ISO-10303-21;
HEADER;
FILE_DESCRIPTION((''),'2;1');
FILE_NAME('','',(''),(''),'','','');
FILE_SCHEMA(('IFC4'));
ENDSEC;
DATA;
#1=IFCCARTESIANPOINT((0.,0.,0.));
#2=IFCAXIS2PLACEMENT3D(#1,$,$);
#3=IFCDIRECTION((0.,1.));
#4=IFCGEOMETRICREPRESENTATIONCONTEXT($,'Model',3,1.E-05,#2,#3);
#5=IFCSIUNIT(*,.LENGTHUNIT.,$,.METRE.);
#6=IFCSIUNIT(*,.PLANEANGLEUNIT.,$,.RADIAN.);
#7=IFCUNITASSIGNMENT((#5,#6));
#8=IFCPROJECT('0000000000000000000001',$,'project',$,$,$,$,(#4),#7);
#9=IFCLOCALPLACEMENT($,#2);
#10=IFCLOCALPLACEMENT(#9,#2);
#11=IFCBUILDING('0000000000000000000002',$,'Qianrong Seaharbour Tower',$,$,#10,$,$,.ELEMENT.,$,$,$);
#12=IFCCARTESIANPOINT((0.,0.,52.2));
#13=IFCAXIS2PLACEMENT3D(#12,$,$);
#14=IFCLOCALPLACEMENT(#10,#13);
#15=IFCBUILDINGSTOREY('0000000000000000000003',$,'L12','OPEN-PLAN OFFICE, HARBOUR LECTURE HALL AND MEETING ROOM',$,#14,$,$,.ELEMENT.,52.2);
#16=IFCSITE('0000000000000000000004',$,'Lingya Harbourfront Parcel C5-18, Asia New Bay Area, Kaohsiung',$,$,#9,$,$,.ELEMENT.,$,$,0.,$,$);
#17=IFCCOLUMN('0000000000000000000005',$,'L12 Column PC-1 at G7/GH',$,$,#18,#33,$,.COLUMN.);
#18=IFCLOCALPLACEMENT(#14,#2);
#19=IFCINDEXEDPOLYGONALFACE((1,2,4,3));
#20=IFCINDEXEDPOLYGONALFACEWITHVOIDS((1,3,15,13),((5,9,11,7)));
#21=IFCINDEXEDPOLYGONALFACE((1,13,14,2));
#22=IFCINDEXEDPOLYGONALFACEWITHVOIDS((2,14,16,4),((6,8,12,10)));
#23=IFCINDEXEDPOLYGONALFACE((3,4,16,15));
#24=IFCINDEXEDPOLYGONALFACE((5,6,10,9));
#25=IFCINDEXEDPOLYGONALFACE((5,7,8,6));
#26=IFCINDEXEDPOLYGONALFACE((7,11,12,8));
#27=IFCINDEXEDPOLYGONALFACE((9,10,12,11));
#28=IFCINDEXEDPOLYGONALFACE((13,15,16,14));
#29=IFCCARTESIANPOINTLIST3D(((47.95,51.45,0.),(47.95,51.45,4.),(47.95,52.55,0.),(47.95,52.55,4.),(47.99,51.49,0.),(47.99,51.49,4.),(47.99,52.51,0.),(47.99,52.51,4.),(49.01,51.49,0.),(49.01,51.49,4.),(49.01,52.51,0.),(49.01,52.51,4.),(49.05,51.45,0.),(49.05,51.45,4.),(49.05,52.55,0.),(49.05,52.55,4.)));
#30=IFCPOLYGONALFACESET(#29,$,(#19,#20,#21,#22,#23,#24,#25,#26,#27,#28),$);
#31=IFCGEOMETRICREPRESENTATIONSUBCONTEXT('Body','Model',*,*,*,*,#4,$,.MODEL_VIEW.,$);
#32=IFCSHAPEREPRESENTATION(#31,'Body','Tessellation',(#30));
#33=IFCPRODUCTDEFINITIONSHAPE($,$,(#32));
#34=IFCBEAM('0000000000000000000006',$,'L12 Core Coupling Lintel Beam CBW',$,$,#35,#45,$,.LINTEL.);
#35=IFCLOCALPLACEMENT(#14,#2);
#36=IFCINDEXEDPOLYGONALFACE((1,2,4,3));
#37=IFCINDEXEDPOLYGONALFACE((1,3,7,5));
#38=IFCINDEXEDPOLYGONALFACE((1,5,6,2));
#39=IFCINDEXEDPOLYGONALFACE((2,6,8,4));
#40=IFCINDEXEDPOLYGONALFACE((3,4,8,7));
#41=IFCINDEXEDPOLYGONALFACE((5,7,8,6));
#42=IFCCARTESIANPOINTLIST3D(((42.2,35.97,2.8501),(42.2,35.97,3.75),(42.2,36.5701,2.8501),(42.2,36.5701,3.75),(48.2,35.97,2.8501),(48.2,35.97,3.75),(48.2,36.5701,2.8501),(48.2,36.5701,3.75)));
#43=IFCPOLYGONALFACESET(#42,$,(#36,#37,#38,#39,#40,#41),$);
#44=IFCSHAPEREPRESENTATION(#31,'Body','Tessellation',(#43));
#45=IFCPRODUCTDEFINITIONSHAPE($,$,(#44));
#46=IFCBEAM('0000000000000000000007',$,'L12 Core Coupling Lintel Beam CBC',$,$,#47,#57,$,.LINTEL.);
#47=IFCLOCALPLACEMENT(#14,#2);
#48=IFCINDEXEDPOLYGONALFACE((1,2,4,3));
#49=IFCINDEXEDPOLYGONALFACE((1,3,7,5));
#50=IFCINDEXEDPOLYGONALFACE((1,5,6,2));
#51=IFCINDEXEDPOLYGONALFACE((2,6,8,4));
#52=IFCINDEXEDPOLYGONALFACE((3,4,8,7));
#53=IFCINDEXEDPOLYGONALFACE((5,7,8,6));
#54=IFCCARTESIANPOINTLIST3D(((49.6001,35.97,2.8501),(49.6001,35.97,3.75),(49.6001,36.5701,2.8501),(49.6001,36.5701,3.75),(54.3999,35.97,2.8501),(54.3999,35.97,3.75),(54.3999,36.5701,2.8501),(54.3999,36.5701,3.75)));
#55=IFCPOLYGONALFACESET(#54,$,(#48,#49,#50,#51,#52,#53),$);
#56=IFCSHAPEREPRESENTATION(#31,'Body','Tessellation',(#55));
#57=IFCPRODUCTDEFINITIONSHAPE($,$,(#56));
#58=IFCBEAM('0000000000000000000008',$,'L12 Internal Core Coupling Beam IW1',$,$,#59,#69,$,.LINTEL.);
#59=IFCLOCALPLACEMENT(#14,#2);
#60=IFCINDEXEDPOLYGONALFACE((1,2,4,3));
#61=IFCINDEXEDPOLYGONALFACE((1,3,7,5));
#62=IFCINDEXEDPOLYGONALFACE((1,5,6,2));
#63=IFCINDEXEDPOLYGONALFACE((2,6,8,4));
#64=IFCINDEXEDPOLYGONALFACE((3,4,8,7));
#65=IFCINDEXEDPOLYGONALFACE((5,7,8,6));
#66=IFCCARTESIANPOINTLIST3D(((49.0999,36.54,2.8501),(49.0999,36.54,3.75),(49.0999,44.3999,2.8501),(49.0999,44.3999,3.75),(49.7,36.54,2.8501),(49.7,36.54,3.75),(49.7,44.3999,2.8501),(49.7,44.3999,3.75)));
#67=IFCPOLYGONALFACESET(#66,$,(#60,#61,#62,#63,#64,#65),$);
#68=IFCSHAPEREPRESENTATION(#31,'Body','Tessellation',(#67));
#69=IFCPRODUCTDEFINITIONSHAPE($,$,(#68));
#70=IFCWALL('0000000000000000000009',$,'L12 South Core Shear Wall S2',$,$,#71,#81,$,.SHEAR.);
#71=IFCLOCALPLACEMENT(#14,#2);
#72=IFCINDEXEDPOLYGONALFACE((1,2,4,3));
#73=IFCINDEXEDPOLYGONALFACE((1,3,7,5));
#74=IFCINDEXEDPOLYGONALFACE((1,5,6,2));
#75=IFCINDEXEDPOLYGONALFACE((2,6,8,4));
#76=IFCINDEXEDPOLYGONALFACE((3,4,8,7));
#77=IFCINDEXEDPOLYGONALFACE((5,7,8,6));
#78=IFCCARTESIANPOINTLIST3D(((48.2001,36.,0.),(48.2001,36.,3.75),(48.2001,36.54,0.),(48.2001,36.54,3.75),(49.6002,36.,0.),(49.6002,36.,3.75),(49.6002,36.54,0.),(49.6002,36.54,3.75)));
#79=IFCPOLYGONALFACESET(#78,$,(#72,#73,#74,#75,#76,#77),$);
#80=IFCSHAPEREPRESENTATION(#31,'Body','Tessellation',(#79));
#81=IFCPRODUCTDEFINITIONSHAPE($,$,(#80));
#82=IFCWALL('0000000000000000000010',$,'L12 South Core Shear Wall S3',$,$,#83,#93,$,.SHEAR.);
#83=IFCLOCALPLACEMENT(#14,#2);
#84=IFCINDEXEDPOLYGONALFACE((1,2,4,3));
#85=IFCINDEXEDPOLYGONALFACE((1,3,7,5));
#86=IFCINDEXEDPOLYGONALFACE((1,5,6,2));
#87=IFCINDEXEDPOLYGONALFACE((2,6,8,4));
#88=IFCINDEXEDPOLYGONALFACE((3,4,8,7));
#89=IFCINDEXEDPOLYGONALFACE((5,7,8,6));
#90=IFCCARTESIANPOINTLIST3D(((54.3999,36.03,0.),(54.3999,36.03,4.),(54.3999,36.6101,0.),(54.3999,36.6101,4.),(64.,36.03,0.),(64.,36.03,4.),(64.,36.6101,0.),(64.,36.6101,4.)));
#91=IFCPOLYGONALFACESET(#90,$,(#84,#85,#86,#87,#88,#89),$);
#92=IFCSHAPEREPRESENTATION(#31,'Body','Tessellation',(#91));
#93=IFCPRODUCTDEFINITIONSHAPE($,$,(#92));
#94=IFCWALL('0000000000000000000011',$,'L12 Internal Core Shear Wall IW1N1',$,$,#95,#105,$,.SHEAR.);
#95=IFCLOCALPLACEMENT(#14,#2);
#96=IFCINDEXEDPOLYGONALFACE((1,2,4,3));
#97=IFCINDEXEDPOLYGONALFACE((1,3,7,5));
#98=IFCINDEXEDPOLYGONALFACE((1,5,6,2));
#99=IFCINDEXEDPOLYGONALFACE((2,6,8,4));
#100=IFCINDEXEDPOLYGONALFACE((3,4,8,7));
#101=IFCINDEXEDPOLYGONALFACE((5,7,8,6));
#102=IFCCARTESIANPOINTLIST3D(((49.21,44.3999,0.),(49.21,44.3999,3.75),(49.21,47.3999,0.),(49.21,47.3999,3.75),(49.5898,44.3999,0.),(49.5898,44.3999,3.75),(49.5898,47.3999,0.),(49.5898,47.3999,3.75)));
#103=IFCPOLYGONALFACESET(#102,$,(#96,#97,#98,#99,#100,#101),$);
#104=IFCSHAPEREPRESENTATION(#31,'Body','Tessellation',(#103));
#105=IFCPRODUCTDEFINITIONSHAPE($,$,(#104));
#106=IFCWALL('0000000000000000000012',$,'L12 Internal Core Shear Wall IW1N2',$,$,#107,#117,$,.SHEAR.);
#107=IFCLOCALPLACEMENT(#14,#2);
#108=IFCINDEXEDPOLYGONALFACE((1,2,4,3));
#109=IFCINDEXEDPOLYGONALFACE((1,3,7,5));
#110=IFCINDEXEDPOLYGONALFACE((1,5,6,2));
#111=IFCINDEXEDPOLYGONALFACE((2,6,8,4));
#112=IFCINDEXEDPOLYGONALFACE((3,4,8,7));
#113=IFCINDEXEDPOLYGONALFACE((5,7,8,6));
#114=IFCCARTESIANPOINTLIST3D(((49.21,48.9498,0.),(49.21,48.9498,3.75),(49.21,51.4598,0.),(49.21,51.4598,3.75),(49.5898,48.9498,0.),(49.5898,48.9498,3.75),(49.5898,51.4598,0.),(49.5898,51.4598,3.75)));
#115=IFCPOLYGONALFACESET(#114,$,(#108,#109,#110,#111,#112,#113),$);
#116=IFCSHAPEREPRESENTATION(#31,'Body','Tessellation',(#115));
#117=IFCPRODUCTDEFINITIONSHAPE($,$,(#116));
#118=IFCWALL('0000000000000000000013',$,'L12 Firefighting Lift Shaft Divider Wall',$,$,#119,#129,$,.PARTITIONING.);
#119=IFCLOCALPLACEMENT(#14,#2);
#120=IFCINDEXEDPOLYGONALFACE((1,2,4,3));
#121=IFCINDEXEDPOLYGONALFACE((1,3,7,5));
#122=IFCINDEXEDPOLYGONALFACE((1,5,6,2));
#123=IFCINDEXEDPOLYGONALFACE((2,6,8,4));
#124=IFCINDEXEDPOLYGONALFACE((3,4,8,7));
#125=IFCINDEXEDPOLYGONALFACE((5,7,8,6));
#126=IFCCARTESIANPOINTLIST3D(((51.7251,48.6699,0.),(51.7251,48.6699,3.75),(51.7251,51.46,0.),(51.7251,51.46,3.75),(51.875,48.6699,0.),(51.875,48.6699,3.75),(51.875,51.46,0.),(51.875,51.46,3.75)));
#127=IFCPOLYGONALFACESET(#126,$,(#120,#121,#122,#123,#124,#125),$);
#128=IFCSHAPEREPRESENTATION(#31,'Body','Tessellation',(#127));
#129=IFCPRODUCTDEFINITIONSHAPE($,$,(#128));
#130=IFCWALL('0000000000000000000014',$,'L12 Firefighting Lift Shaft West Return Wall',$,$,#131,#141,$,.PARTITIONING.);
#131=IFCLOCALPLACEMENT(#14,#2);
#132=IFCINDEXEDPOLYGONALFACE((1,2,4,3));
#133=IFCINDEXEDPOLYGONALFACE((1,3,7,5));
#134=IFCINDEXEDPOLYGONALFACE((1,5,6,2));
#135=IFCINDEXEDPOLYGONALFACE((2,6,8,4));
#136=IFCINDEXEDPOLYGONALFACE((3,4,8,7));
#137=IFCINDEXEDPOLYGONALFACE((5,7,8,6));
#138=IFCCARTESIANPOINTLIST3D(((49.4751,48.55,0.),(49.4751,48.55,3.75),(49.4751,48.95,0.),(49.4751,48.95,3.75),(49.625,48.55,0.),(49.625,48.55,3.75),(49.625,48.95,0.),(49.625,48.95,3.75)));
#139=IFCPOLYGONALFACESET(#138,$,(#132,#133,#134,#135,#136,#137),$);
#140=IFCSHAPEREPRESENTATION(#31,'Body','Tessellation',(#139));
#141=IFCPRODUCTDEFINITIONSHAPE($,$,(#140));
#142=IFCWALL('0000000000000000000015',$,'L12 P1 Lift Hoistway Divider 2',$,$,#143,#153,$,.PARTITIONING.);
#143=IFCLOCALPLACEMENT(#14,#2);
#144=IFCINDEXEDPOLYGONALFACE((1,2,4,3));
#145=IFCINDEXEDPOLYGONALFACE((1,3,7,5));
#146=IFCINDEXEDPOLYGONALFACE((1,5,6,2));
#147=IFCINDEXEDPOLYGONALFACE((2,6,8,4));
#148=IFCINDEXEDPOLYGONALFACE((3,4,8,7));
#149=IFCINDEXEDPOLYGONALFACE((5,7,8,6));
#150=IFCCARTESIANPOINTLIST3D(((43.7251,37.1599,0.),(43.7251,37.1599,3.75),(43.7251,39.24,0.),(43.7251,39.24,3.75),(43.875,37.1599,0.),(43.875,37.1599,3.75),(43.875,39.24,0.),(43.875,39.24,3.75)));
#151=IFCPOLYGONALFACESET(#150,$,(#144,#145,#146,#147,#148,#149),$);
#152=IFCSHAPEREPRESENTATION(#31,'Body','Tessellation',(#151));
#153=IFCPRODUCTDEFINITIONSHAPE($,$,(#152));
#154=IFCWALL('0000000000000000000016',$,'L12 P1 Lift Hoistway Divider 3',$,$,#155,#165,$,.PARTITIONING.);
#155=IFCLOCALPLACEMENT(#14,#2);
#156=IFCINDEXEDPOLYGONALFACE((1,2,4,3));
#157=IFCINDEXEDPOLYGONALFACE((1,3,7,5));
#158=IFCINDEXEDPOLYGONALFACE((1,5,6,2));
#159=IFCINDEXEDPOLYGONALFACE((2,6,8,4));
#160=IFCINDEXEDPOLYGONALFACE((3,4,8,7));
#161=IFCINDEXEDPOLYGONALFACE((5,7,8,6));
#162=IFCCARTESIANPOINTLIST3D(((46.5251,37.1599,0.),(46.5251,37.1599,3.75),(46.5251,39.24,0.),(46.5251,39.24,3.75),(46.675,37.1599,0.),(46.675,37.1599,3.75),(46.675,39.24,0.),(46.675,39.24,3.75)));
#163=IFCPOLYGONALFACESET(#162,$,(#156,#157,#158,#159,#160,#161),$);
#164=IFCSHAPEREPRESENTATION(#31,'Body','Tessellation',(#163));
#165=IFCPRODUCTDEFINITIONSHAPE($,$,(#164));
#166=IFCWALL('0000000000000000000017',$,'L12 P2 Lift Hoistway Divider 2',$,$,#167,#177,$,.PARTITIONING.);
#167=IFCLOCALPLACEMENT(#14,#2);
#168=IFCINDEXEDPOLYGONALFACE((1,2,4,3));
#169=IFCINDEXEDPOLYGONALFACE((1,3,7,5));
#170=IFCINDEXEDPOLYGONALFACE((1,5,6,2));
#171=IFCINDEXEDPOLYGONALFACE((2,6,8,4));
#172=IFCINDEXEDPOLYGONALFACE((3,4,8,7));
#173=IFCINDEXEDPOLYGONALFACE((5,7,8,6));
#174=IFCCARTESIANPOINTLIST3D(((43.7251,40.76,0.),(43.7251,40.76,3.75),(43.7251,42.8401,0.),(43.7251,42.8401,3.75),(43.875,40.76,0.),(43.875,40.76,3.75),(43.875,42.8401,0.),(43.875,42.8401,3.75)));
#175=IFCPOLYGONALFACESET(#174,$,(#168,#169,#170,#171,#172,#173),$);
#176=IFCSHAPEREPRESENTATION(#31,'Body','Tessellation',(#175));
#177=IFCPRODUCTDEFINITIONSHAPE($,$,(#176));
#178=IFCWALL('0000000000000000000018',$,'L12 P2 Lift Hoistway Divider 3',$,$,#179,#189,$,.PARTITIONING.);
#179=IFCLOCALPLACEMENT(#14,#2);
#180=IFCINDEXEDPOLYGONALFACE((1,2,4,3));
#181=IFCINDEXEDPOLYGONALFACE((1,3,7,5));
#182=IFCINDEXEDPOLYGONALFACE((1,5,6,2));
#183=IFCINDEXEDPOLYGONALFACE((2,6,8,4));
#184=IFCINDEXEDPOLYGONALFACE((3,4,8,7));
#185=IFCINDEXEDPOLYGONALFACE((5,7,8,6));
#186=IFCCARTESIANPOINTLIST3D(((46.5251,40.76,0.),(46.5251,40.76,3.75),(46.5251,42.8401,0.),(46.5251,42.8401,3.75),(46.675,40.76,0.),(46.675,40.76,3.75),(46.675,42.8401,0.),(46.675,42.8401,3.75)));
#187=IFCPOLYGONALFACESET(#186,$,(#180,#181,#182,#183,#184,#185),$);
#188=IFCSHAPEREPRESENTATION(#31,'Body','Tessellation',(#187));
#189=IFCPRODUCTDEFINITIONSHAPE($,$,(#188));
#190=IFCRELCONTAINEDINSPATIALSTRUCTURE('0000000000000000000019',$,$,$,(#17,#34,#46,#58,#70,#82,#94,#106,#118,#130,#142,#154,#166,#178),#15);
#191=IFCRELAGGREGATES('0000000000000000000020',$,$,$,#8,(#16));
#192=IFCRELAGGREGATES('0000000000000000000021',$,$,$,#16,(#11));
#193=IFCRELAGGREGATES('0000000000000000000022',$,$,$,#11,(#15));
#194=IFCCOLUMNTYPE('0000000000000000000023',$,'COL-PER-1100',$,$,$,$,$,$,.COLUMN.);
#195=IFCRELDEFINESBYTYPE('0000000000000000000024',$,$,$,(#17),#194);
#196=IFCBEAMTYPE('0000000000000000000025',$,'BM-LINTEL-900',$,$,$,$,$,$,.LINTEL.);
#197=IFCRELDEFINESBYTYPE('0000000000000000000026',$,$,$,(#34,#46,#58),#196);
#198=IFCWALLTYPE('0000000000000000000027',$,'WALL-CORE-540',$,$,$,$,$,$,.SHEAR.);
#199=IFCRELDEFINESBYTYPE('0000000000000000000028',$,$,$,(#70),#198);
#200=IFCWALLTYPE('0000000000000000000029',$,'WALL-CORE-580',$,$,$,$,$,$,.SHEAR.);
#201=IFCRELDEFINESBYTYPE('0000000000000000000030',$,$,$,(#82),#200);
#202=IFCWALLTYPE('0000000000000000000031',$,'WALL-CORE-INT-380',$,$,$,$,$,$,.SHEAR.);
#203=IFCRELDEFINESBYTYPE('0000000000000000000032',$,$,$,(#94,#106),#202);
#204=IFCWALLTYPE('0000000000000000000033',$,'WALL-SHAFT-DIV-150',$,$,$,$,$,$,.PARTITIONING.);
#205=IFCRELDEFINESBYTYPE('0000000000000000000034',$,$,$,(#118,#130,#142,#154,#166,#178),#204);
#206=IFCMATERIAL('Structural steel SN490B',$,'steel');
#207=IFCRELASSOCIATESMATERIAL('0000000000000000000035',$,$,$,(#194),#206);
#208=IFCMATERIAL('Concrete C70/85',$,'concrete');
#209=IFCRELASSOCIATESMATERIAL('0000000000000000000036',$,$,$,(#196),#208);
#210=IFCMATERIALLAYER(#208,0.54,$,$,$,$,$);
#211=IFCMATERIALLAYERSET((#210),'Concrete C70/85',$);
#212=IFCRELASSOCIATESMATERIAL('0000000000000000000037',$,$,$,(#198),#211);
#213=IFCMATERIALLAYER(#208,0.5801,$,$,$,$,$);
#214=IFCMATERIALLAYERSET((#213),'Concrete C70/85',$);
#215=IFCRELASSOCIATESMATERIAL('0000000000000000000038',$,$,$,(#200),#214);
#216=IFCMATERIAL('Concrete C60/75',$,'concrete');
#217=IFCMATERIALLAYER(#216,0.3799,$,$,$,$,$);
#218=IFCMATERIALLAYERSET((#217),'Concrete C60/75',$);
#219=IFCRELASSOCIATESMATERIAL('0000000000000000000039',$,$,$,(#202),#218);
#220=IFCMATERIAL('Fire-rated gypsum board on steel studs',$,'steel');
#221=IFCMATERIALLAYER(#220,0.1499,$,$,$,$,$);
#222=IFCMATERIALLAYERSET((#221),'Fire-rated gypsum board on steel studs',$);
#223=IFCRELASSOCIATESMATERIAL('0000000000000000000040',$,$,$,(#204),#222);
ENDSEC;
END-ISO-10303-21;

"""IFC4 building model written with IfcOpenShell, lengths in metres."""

from ifc_helpers import new_model, si_unit, direction, frame, frame_2d, origin, origin_2d, place, context, subcontext, project, spatial, rectangle, hollow_rectangle, extrude, material, layer, layer_set, material_profile, profile_set, type_object, element, save


model = new_model("IFC4")

# Units and contexts
model_context = context("Model", 3, precision=1e-05, world=origin(), true_north=direction((0.0, 1.0)))
body_context = subcontext(model_context, "Body", "Model", "MODEL_VIEW")
ifc_project = project(units=[si_unit("LENGTHUNIT", "METRE"), si_unit("PLANEANGLEUNIT", "RADIAN")], contexts=[model_context])

# Site, building, storey
site_placement = place(None, origin())
site = spatial("IfcSite", under=ifc_project, at=site_placement, Name="Lingya Harbourfront Parcel C5-18, Asia New Bay Area, Kaohsiung", CompositionType="ELEMENT", RefElevation=0.0)
building_placement = place(site_placement, origin())
building = spatial("IfcBuilding", under=site, at=building_placement, Name="Qianrong Seaharbour Tower", CompositionType="ELEMENT")
storey_placement = place(building_placement, frame((0.0, 0.0, 52.2)))
storey = spatial("IfcBuildingStorey", under=building, at=storey_placement, Name="L12", Description="OPEN-PLAN OFFICE, HARBOUR LECTURE HALL AND MEETING ROOM", CompositionType="ELEMENT", Elevation=52.2)

# Column
ifc_material_1 = material(Name="Structural steel SN490B", Category="steel")
ifc_material_profile_1 = material_profile(ifc_material_1, hollow_rectangle(XDim=1.1001, YDim=1.1001, WallThickness=0.04, at=origin_2d()), Name="BOX1100x1100x40")
ifc_profile_set_1 = profile_set([ifc_material_profile_1], Name="Structural steel SN490B")
column_type = type_object("IfcColumnType", Name="COL-PER-1100", PredefinedType="COLUMN", material=ifc_profile_set_1)
column_placement = place(storey_placement, frame((48.5, 52.0, 0.0), z_axis=(0.0, 0.0, 1.0), x_axis=(1.0, 0.0, 0.0)))
element("IfcColumn", 1, at=column_placement, inside=storey, type_object=column_type, Name="L12 Column PC-1 at G7/GH", PredefinedType="COLUMN", context=body_context, shape_type="SweptSolid", body=[
    extrude(hollow_rectangle(XDim=1.1001, YDim=1.1001, WallThickness=0.04, at=origin_2d()), origin(), (0.0, 0.0, 1.0), 4.0),
])

# Beams
ifc_material_2 = material(Name="Concrete C70/85", Category="concrete")
ifc_material_profile_2 = material_profile(ifc_material_2, rectangle(XDim=0.6001, YDim=0.8999, at=origin_2d()), Name="RC600x900")
ifc_profile_set_2 = profile_set([ifc_material_profile_2], Name="Concrete C70/85")
beam_type = type_object("IfcBeamType", Name="BM-LINTEL-900", PredefinedType="LINTEL", material=ifc_profile_set_2)
beam_1_placement = place(storey_placement, frame((42.2, 36.27, 3.3), z_axis=(1.0, 0.0, 0.0), x_axis=(0.0, 1.0, 0.0)))
element("IfcBeam", 2, at=beam_1_placement, inside=storey, type_object=beam_type, Name="L12 Core Coupling Lintel Beam CBW", PredefinedType="LINTEL", context=body_context, shape_type="SweptSolid", body=[
    extrude(rectangle(XDim=0.6001, YDim=0.8999, at=origin_2d()), origin(), (0.0, 0.0, 1.0), 6.0),
])
beam_2_placement = place(storey_placement, frame((49.6001, 36.27, 3.3), z_axis=(1.0, 0.0, 0.0), x_axis=(0.0, 1.0, 0.0)))
element("IfcBeam", 3, at=beam_2_placement, inside=storey, type_object=beam_type, Name="L12 Core Coupling Lintel Beam CBC", PredefinedType="LINTEL", context=body_context, shape_type="SweptSolid", body=[
    extrude(rectangle(XDim=0.6001, YDim=0.8999, at=origin_2d()), origin(), (0.0, 0.0, 1.0), 4.7998),
])
beam_3_placement = place(storey_placement, frame((49.3999, 36.54, 3.3), z_axis=(0.0, 1.0, 0.0), x_axis=(-1.0, 0.0, 0.0)))
element("IfcBeam", 4, at=beam_3_placement, inside=storey, type_object=beam_type, Name="L12 Internal Core Coupling Beam IW1", PredefinedType="LINTEL", context=body_context, shape_type="SweptSolid", body=[
    extrude(rectangle(XDim=0.6001, YDim=0.8999, at=origin_2d()), origin(), (0.0, 0.0, 1.0), 7.8599),
])

# Walls
ifc_layer_1 = layer(ifc_material_2, 0.54)
ifc_layer_set_1 = layer_set([ifc_layer_1], Name="Concrete C70/85")
wall_type_1 = type_object("IfcWallType", Name="WALL-CORE-540", PredefinedType="SHEAR", material=ifc_layer_set_1)
wall_1_placement = place(storey_placement, frame((48.2, 36.27, 0.0), z_axis=(0.0, 0.0, 1.0), x_axis=(1.0, 0.0, 0.0)))
element("IfcWall", 5, at=wall_1_placement, inside=storey, type_object=wall_type_1, Name="L12 South Core Shear Wall S2", PredefinedType="SHEAR", context=body_context, shape_type="SweptSolid", body=[
    extrude(rectangle(XDim=1.4001, YDim=0.54, at=frame_2d((0.7002, 0.0))), origin(), (0.0, 0.0, 1.0), 3.75),
])
ifc_layer_2 = layer(ifc_material_2, 0.5801)
ifc_layer_set_2 = layer_set([ifc_layer_2], Name="Concrete C70/85")
wall_type_2 = type_object("IfcWallType", Name="WALL-CORE-580", PredefinedType="SHEAR", material=ifc_layer_set_2)
wall_2_placement = place(storey_placement, frame((54.3999, 36.3201, 0.0), z_axis=(0.0, 0.0, 1.0), x_axis=(1.0, 0.0, 0.0)))
element("IfcWall", 6, at=wall_2_placement, inside=storey, type_object=wall_type_2, Name="L12 South Core Shear Wall S3", PredefinedType="SHEAR", context=body_context, shape_type="SweptSolid", body=[
    extrude(rectangle(XDim=9.6001, YDim=0.5801, at=frame_2d((4.8, 0.0))), origin(), (0.0, 0.0, 1.0), 4.0),
])
ifc_material_3 = material(Name="Concrete C60/75", Category="concrete")
ifc_layer_3 = layer(ifc_material_3, 0.3799)
ifc_layer_set_3 = layer_set([ifc_layer_3], Name="Concrete C60/75")
wall_type_3 = type_object("IfcWallType", Name="WALL-CORE-INT-380", PredefinedType="SHEAR", material=ifc_layer_set_3)
wall_3_placement = place(storey_placement, frame((49.3999, 44.3999, 0.0), z_axis=(0.0, 0.0, 1.0), x_axis=(0.0, 1.0, 0.0)))
element("IfcWall", 7, at=wall_3_placement, inside=storey, type_object=wall_type_3, Name="L12 Internal Core Shear Wall IW1N1", PredefinedType="SHEAR", context=body_context, shape_type="SweptSolid", body=[
    extrude(rectangle(XDim=3.0, YDim=0.3799, at=frame_2d((1.5, 0.0))), origin(), (0.0, 0.0, 1.0), 3.75),
])
wall_4_placement = place(storey_placement, frame((49.3999, 48.95, 0.0), z_axis=(0.0, 0.0, 1.0), x_axis=(0.0, 1.0, 0.0)))
element("IfcWall", 8, at=wall_4_placement, inside=storey, type_object=wall_type_3, Name="L12 Internal Core Shear Wall IW1N2", PredefinedType="SHEAR", context=body_context, shape_type="SweptSolid", body=[
    extrude(rectangle(XDim=2.51, YDim=0.3799, at=frame_2d((1.2549, 0.0))), origin(), (0.0, 0.0, 1.0), 3.75),
])
ifc_material_4 = material(Name="Fire-rated gypsum board on steel studs", Category="steel")
ifc_layer_4 = layer(ifc_material_4, 0.1499)
ifc_layer_set_4 = layer_set([ifc_layer_4], Name="Fire-rated gypsum board on steel studs")
wall_type_4 = type_object("IfcWallType", Name="WALL-SHAFT-DIV-150", PredefinedType="PARTITIONING", material=ifc_layer_set_4)
wall_5_placement = place(storey_placement, frame((51.8, 48.6699, 0.0), z_axis=(0.0, 0.0, 1.0), x_axis=(0.0, 1.0, 0.0)))
element("IfcWall", 9, at=wall_5_placement, inside=storey, type_object=wall_type_4, Name="L12 Firefighting Lift Shaft Divider Wall", PredefinedType="PARTITIONING", context=body_context, shape_type="SweptSolid", body=[
    extrude(rectangle(XDim=2.79, YDim=0.1499, at=frame_2d((1.395, 0.0))), origin(), (0.0, 0.0, 1.0), 3.75),
])
wall_6_placement = place(storey_placement, frame((49.55, 48.55, 0.0), z_axis=(0.0, 0.0, 1.0), x_axis=(0.0, 1.0, 0.0)))
element("IfcWall", 10, at=wall_6_placement, inside=storey, type_object=wall_type_4, Name="L12 Firefighting Lift Shaft West Return Wall", PredefinedType="PARTITIONING", context=body_context, shape_type="SweptSolid", body=[
    extrude(rectangle(XDim=0.3999, YDim=0.1499, at=frame_2d((0.2, 0.0))), origin(), (0.0, 0.0, 1.0), 3.75),
])
for number, where, z_axis, x_axis, name in (
    (11, (43.8, 37.1599, 0.0), (0.0, 0.0, 1.0), (0.0, 1.0, 0.0), "L12 P1 Lift Hoistway Divider 2"),
    (12, (46.6001, 37.1599, 0.0), (0.0, 0.0, 1.0), (0.0, 1.0, 0.0), "L12 P1 Lift Hoistway Divider 3"),
    (13, (43.8, 40.76, 0.0), (0.0, 0.0, 1.0), (0.0, 1.0, 0.0), "L12 P2 Lift Hoistway Divider 2"),
    (14, (46.6001, 40.76, 0.0), (0.0, 0.0, 1.0), (0.0, 1.0, 0.0), "L12 P2 Lift Hoistway Divider 3"),
):
    element("IfcWall", number, at=place(storey_placement, frame(where, z_axis=z_axis, x_axis=x_axis)), inside=storey, type_object=wall_type_4, Name=name, PredefinedType="PARTITIONING", context=body_context, shape_type="SweptSolid", body=[
        extrude(rectangle(XDim=2.0801, YDim=0.1499, at=frame_2d((1.04, 0.0))), origin(), (0.0, 0.0, 1.0), 3.75),
    ])

save(model, "model.ifc")
